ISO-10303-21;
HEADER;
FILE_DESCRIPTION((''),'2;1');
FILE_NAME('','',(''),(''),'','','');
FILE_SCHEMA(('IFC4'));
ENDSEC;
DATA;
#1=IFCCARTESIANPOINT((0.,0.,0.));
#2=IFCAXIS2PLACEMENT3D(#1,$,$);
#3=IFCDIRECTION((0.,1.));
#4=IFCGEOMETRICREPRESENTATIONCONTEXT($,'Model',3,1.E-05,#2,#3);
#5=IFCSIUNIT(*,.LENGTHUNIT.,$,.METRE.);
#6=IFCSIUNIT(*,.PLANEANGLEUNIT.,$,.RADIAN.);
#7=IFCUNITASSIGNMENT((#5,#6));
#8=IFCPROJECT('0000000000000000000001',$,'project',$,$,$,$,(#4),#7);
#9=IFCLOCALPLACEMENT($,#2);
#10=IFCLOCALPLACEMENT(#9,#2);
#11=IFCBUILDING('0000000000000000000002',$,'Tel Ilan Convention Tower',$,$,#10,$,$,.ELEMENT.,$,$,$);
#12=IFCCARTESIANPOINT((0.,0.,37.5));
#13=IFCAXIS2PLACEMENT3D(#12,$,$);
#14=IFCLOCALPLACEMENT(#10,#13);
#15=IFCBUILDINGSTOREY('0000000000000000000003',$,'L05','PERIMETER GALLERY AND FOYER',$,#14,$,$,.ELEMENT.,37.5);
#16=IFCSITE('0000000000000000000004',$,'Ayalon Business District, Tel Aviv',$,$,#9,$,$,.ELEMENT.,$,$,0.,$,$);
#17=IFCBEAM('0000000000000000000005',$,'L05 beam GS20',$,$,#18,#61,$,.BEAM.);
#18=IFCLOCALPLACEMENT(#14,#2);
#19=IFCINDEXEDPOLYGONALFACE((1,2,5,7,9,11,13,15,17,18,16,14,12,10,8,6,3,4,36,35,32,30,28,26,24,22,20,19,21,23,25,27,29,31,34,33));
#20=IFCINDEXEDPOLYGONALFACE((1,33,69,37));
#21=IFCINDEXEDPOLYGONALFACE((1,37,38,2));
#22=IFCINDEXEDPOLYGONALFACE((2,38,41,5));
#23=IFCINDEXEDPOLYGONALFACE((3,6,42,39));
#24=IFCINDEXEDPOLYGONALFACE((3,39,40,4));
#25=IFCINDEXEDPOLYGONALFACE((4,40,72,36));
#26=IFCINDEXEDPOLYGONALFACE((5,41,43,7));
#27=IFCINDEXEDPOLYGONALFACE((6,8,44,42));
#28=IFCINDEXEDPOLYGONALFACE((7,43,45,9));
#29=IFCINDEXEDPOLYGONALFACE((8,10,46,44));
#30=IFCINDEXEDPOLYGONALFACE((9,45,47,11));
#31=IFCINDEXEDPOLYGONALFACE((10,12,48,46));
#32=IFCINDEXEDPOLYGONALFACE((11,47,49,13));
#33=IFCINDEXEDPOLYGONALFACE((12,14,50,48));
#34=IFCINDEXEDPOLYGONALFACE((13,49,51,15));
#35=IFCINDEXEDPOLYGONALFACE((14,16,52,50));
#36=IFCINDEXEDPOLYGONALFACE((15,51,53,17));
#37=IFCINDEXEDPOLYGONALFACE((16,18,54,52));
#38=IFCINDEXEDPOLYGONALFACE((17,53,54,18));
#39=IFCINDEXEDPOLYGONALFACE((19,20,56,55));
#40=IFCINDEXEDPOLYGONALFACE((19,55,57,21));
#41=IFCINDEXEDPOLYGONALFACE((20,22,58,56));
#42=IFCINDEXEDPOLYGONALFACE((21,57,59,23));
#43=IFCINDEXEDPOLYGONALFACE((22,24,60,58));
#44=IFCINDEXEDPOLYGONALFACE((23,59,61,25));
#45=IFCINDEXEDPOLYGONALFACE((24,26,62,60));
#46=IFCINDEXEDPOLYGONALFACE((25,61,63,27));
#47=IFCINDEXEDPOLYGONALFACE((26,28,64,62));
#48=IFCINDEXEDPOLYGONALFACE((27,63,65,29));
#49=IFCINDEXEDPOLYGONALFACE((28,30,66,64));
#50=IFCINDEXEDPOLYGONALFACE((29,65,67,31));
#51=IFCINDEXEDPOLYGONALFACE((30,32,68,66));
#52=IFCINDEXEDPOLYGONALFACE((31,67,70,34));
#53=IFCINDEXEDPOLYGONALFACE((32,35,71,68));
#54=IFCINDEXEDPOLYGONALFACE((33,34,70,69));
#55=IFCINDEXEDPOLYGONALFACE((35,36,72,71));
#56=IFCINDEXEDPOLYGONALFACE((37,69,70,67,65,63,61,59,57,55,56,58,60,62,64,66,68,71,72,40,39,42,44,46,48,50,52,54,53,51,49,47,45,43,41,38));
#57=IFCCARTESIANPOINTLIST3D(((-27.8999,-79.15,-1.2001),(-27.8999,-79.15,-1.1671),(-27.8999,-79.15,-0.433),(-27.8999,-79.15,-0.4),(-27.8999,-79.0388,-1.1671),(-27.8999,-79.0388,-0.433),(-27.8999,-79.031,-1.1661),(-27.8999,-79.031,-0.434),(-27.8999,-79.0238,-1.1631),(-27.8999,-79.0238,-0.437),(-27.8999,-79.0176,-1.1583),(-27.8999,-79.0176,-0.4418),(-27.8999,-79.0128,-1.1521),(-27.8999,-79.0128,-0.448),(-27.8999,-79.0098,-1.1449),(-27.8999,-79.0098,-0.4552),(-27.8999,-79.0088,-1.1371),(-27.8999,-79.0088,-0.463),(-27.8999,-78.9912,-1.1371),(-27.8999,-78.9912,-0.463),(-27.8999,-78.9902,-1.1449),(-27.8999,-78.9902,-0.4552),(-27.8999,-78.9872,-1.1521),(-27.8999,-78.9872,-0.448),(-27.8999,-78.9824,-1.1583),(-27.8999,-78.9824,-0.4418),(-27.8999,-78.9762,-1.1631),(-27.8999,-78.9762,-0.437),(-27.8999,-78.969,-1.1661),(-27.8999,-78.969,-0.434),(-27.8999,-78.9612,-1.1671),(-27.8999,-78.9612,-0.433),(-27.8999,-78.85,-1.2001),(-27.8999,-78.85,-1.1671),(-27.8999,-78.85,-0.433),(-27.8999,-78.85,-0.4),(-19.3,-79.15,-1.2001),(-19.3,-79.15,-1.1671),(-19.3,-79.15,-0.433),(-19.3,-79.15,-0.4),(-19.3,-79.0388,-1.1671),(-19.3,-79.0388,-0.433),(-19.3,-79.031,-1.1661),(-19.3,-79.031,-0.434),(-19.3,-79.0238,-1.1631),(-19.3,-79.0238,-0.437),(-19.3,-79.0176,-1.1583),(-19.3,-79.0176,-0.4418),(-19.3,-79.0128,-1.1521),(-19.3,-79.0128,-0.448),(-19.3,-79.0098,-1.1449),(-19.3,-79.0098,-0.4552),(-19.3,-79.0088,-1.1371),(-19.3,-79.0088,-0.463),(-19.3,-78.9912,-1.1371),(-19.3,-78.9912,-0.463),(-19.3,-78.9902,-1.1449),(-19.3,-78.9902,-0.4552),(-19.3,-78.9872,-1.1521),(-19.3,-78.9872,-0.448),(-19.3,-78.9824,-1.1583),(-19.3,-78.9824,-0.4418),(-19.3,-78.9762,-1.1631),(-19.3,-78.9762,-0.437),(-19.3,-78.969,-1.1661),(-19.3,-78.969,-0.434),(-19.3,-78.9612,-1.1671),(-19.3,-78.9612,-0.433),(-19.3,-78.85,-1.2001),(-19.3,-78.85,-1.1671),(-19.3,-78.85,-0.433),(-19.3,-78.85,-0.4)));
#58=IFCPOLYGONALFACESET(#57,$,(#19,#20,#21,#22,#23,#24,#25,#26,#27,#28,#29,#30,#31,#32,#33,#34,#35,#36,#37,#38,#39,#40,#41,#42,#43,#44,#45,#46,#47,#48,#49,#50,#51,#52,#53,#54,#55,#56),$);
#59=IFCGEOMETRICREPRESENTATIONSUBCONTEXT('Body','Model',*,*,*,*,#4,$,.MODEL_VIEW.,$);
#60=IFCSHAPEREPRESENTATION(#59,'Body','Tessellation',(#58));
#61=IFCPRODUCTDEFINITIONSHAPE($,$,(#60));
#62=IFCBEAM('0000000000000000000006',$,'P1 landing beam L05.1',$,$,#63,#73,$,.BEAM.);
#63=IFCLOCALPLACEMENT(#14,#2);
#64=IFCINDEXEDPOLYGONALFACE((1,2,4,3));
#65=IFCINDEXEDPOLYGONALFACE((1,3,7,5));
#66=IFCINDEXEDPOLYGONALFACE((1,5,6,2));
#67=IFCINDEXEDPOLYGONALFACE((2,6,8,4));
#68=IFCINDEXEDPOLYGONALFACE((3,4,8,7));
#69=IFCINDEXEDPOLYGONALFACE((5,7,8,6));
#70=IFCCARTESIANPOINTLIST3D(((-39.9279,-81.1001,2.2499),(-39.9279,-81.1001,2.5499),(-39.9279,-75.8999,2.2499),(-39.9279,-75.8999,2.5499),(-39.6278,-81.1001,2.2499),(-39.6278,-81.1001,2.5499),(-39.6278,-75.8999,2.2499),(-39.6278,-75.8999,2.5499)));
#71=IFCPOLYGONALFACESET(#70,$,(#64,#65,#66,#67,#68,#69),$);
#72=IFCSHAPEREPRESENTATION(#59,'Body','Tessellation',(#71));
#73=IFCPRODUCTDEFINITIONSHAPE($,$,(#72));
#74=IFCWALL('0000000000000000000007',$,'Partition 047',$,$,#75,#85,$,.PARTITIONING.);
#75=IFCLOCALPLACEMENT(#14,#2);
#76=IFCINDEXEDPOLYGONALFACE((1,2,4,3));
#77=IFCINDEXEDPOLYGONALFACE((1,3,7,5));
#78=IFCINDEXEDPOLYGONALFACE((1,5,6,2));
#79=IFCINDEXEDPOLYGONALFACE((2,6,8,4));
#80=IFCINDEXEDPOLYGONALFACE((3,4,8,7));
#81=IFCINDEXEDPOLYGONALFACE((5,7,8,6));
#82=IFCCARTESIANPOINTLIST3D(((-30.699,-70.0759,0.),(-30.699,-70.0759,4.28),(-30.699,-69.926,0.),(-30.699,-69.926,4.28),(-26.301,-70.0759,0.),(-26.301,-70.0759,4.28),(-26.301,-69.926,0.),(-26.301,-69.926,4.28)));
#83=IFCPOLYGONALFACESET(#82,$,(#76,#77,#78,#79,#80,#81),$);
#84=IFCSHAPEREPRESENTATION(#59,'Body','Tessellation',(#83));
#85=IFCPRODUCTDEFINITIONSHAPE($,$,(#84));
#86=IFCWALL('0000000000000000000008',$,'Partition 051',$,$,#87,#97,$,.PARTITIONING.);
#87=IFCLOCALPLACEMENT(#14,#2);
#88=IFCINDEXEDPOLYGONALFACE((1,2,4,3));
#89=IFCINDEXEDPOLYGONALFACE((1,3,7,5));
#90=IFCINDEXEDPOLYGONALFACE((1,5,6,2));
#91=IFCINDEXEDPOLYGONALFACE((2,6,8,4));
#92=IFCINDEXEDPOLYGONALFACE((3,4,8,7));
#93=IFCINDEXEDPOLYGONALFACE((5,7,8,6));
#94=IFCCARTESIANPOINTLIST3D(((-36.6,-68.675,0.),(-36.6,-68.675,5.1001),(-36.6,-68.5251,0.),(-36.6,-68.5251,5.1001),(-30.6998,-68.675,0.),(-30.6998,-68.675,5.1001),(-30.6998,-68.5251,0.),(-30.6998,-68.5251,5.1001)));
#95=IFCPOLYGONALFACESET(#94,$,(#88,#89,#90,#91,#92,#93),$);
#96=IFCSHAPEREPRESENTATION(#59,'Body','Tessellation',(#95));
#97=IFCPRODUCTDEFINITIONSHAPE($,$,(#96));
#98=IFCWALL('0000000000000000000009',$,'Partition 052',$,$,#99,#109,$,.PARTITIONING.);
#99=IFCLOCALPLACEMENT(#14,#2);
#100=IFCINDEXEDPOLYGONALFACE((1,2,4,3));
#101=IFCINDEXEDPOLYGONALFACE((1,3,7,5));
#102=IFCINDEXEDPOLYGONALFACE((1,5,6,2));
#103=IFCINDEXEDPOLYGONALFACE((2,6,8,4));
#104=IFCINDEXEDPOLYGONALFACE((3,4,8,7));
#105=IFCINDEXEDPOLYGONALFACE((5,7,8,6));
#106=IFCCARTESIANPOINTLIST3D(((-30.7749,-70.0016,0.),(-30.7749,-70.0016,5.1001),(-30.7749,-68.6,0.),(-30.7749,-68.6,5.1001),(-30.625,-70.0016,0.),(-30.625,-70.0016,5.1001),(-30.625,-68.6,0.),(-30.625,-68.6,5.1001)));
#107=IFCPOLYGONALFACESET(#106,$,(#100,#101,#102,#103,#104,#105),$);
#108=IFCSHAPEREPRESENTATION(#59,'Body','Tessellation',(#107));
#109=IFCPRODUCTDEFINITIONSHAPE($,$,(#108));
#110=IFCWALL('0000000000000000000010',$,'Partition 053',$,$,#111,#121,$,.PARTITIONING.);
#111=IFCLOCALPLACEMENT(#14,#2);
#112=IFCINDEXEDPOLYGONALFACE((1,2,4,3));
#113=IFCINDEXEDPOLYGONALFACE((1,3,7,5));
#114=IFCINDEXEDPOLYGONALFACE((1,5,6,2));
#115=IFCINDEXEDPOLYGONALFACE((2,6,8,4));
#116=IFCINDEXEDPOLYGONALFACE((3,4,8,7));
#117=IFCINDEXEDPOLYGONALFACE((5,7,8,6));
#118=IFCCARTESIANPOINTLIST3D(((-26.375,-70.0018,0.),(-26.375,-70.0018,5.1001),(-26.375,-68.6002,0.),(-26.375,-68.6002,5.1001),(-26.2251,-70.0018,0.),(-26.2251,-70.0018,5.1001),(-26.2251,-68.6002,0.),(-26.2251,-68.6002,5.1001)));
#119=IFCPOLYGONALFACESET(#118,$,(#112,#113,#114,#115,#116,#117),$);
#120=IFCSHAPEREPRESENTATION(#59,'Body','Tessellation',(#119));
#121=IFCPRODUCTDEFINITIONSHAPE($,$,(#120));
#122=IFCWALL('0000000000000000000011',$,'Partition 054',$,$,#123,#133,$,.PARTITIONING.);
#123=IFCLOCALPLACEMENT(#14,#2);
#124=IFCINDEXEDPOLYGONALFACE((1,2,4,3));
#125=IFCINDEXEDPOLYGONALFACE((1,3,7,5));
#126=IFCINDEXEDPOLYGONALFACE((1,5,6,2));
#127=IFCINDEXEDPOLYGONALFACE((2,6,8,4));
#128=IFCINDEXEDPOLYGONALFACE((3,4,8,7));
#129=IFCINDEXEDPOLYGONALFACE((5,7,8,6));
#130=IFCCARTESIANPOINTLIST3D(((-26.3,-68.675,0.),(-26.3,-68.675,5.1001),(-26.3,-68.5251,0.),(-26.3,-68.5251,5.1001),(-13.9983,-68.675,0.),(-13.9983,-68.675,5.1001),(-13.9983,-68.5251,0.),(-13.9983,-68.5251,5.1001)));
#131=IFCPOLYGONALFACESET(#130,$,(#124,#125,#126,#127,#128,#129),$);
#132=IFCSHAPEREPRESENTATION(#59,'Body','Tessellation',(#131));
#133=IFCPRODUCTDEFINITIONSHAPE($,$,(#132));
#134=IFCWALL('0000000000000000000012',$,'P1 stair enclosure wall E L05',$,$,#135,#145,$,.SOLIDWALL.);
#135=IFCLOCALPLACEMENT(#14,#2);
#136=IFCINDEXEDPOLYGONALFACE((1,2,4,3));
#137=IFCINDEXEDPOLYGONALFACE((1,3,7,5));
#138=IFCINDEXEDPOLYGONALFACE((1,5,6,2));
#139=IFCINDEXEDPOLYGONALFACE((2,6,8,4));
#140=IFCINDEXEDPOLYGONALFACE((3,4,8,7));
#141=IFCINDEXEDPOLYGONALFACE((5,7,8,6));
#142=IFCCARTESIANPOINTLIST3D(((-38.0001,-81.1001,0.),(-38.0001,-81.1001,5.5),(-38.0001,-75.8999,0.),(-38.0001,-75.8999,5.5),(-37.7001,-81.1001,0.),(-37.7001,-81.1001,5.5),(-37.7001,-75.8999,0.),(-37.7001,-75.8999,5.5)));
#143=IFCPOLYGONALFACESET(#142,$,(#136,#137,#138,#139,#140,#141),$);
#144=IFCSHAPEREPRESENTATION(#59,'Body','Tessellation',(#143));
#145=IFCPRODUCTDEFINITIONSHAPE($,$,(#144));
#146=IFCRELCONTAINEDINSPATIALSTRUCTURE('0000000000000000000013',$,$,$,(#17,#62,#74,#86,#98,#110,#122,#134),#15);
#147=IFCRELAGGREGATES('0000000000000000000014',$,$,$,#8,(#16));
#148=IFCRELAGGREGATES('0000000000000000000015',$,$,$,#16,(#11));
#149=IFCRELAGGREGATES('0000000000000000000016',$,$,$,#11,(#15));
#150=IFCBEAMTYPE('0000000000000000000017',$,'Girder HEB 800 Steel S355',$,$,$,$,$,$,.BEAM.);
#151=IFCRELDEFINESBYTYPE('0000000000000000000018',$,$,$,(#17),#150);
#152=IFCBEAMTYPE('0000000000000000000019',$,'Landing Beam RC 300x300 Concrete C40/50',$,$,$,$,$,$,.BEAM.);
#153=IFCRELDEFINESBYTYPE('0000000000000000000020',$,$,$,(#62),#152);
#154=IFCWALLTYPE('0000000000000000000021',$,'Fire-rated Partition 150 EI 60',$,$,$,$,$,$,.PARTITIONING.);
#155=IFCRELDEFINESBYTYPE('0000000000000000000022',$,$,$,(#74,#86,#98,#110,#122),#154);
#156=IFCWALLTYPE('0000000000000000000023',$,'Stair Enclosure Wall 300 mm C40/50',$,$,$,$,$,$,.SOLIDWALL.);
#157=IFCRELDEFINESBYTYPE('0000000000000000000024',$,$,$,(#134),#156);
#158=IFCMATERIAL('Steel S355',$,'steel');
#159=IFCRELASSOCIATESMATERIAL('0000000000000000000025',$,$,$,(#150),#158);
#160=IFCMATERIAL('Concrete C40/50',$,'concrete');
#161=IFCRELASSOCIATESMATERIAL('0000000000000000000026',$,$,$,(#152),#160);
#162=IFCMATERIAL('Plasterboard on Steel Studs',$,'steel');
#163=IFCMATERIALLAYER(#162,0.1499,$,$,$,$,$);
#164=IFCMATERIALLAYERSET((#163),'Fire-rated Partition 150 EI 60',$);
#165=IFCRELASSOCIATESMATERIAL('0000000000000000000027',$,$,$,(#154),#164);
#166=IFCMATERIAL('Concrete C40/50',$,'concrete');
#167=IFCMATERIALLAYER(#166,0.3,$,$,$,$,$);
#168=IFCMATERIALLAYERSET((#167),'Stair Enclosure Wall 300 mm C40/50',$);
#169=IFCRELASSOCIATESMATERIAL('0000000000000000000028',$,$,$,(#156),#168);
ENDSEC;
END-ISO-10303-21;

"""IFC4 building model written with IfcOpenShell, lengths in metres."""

from ifc_helpers import new_model, si_unit, direction, frame, frame_2d, origin, origin_2d, place, context, subcontext, project, spatial, rectangle, i_section, extrude, material, layer, layer_set, material_profile, profile_set, type_object, element, save


model = new_model("IFC4")

# Units and contexts
model_context = context("Model", 3, precision=1e-05, world=origin(), true_north=direction((0.0, 1.0)))
body_context = subcontext(model_context, "Body", "Model", "MODEL_VIEW")
ifc_project = project(units=[si_unit("LENGTHUNIT", "METRE"), si_unit("PLANEANGLEUNIT", "RADIAN")], contexts=[model_context])

# Site, building, storey
site_placement = place(None, origin())
site = spatial("IfcSite", under=ifc_project, at=site_placement, Name="Ayalon Business District, Tel Aviv", CompositionType="ELEMENT", RefElevation=0.0)
building_placement = place(site_placement, origin())
building = spatial("IfcBuilding", under=site, at=building_placement, Name="Tel Ilan Convention Tower", CompositionType="ELEMENT")
storey_placement = place(building_placement, frame((0.0, 0.0, 37.5)))
storey = spatial("IfcBuildingStorey", under=building, at=storey_placement, Name="L05", Description="PERIMETER GALLERY AND FOYER", CompositionType="ELEMENT", Elevation=37.5)

# Beams
ifc_material_1 = material(Name="Steel S355", Category="steel")
ifc_material_profile_1 = material_profile(ifc_material_1, i_section(OverallWidth=0.3, OverallDepth=0.8, WebThickness=0.0176, FlangeThickness=0.033, FilletRadius=0.03, at=origin_2d()), Name="HEB 800")
ifc_profile_set_1 = profile_set([ifc_material_profile_1], Name="Steel S355")
beam_type_1 = type_object("IfcBeamType", Name="Girder HEB 800 Steel S355", PredefinedType="BEAM", material=ifc_profile_set_1)
for number, where, z_axis, x_axis, name in (
    (1, (-27.8999, -79.0, -0.8), (1.0, 0.0, 0.0), (0.0, 1.0, 0.0), "L05 beam GS20"),
):
    element("IfcBeam", number, at=place(storey_placement, frame(where, z_axis=z_axis, x_axis=x_axis)), inside=storey, type_object=beam_type_1, Name=name, PredefinedType="BEAM", context=body_context, shape_type="SweptSolid", body=[
        extrude(i_section(OverallWidth=0.3, OverallDepth=0.8, WebThickness=0.0176, FlangeThickness=0.033, FilletRadius=0.03, at=origin_2d()), origin(), (0.0, 0.0, 1.0), 8.5999),
    ])
ifc_material_2 = material(Name="Concrete C40/50", Category="concrete")
ifc_material_profile_2 = material_profile(ifc_material_2, rectangle(XDim=0.3, YDim=0.3, at=origin_2d()), Name="RC 300x300")
ifc_profile_set_2 = profile_set([ifc_material_profile_2], Name="Concrete C40/50")
beam_type_2 = type_object("IfcBeamType", Name="Landing Beam RC 300x300 Concrete C40/50", PredefinedType="BEAM", material=ifc_profile_set_2)
beam_1_placement = place(storey_placement, frame((-39.7778, -81.1001, 2.3999), z_axis=(0.0, 1.0, 0.0), x_axis=(-1.0, 0.0, 0.0)))
element("IfcBeam", 2, at=beam_1_placement, inside=storey, type_object=beam_type_2, Name="P1 landing beam L05.1", PredefinedType="BEAM", context=body_context, shape_type="SweptSolid", body=[
    extrude(rectangle(XDim=0.3, YDim=0.3, at=origin_2d()), origin(), (0.0, 0.0, 1.0), 5.2002),
])

# Walls
ifc_material_3 = material(Name="Plasterboard on Steel Studs", Category="steel")
ifc_layer_1 = layer(ifc_material_3, 0.1499)
ifc_layer_set_1 = layer_set([ifc_layer_1], Name="Fire-rated Partition 150 EI 60")
wall_type_1 = type_object("IfcWallType", Name="Fire-rated Partition 150 EI 60", PredefinedType="PARTITIONING", material=ifc_layer_set_1)
wall_1_placement = place(storey_placement, frame((-30.699, -70.001, 0.0), z_axis=(0.0, 0.0, 1.0), x_axis=(1.0, 0.0, 0.0)))
element("IfcWall", 3, at=wall_1_placement, inside=storey, type_object=wall_type_1, Name="Partition 047", PredefinedType="PARTITIONING", context=body_context, shape_type="SweptSolid", body=[
    extrude(rectangle(XDim=4.3979, YDim=0.1499, at=frame_2d((2.199, 0.0))), origin(), (0.0, 0.0, 1.0), 4.28),
])
wall_2_placement = place(storey_placement, frame((-36.6001, -68.6001, 0.0), z_axis=(0.0, 0.0, 1.0), x_axis=(1.0, 0.0, 0.0)))
element("IfcWall", 4, at=wall_2_placement, inside=storey, type_object=wall_type_1, Name="Partition 051", PredefinedType="PARTITIONING", context=body_context, shape_type="SweptSolid", body=[
    extrude(rectangle(XDim=5.9001, YDim=0.1499, at=frame_2d((2.9502, 0.0))), origin(), (0.0, 0.0, 1.0), 5.1001),
])
for number, where, z_axis, x_axis, name in (
    (5, (-30.7, -68.6001, 0.0), (0.0, 0.0, 1.0), (0.0, -1.0, 0.0), "Partition 052"),
    (6, (-26.3, -70.0017, 0.0), (0.0, 0.0, 1.0), (0.0, 1.0, 0.0), "Partition 053"),
):
    element("IfcWall", number, at=place(storey_placement, frame(where, z_axis=z_axis, x_axis=x_axis)), inside=storey, type_object=wall_type_1, Name=name, PredefinedType="PARTITIONING", context=body_context, shape_type="SweptSolid", body=[
        extrude(rectangle(XDim=1.4016, YDim=0.1499, at=frame_2d((0.7007, 0.0))), origin(), (0.0, 0.0, 1.0), 5.1001),
    ])
wall_3_placement = place(storey_placement, frame((-26.3, -68.6001, 0.0), z_axis=(0.0, 0.0, 1.0), x_axis=(1.0, 0.0, 0.0)))
element("IfcWall", 7, at=wall_3_placement, inside=storey, type_object=wall_type_1, Name="Partition 054", PredefinedType="PARTITIONING", context=body_context, shape_type="SweptSolid", body=[
    extrude(rectangle(XDim=12.3018, YDim=0.1499, at=frame_2d((6.1509, 0.0))), origin(), (0.0, 0.0, 1.0), 5.1001),
])
ifc_material_4 = material(Name="Concrete C40/50", Category="concrete")
ifc_layer_2 = layer(ifc_material_4, 0.3)
ifc_layer_set_2 = layer_set([ifc_layer_2], Name="Stair Enclosure Wall 300 mm C40/50")
wall_type_2 = type_object("IfcWallType", Name="Stair Enclosure Wall 300 mm C40/50", PredefinedType="SOLIDWALL", material=ifc_layer_set_2)
wall_4_placement = place(storey_placement, frame((-37.8501, -81.1001, 0.0), z_axis=(0.0, 0.0, 1.0), x_axis=(0.0, 1.0, 0.0)))
element("IfcWall", 8, at=wall_4_placement, inside=storey, type_object=wall_type_2, Name="P1 stair enclosure wall E L05", PredefinedType="SOLIDWALL", context=body_context, shape_type="SweptSolid", body=[
    extrude(rectangle(XDim=5.2002, YDim=0.3, at=frame_2d((2.6001, 0.0))), origin(), (0.0, 0.0, 1.0), 5.5),
])

save(model, "model.ifc")
